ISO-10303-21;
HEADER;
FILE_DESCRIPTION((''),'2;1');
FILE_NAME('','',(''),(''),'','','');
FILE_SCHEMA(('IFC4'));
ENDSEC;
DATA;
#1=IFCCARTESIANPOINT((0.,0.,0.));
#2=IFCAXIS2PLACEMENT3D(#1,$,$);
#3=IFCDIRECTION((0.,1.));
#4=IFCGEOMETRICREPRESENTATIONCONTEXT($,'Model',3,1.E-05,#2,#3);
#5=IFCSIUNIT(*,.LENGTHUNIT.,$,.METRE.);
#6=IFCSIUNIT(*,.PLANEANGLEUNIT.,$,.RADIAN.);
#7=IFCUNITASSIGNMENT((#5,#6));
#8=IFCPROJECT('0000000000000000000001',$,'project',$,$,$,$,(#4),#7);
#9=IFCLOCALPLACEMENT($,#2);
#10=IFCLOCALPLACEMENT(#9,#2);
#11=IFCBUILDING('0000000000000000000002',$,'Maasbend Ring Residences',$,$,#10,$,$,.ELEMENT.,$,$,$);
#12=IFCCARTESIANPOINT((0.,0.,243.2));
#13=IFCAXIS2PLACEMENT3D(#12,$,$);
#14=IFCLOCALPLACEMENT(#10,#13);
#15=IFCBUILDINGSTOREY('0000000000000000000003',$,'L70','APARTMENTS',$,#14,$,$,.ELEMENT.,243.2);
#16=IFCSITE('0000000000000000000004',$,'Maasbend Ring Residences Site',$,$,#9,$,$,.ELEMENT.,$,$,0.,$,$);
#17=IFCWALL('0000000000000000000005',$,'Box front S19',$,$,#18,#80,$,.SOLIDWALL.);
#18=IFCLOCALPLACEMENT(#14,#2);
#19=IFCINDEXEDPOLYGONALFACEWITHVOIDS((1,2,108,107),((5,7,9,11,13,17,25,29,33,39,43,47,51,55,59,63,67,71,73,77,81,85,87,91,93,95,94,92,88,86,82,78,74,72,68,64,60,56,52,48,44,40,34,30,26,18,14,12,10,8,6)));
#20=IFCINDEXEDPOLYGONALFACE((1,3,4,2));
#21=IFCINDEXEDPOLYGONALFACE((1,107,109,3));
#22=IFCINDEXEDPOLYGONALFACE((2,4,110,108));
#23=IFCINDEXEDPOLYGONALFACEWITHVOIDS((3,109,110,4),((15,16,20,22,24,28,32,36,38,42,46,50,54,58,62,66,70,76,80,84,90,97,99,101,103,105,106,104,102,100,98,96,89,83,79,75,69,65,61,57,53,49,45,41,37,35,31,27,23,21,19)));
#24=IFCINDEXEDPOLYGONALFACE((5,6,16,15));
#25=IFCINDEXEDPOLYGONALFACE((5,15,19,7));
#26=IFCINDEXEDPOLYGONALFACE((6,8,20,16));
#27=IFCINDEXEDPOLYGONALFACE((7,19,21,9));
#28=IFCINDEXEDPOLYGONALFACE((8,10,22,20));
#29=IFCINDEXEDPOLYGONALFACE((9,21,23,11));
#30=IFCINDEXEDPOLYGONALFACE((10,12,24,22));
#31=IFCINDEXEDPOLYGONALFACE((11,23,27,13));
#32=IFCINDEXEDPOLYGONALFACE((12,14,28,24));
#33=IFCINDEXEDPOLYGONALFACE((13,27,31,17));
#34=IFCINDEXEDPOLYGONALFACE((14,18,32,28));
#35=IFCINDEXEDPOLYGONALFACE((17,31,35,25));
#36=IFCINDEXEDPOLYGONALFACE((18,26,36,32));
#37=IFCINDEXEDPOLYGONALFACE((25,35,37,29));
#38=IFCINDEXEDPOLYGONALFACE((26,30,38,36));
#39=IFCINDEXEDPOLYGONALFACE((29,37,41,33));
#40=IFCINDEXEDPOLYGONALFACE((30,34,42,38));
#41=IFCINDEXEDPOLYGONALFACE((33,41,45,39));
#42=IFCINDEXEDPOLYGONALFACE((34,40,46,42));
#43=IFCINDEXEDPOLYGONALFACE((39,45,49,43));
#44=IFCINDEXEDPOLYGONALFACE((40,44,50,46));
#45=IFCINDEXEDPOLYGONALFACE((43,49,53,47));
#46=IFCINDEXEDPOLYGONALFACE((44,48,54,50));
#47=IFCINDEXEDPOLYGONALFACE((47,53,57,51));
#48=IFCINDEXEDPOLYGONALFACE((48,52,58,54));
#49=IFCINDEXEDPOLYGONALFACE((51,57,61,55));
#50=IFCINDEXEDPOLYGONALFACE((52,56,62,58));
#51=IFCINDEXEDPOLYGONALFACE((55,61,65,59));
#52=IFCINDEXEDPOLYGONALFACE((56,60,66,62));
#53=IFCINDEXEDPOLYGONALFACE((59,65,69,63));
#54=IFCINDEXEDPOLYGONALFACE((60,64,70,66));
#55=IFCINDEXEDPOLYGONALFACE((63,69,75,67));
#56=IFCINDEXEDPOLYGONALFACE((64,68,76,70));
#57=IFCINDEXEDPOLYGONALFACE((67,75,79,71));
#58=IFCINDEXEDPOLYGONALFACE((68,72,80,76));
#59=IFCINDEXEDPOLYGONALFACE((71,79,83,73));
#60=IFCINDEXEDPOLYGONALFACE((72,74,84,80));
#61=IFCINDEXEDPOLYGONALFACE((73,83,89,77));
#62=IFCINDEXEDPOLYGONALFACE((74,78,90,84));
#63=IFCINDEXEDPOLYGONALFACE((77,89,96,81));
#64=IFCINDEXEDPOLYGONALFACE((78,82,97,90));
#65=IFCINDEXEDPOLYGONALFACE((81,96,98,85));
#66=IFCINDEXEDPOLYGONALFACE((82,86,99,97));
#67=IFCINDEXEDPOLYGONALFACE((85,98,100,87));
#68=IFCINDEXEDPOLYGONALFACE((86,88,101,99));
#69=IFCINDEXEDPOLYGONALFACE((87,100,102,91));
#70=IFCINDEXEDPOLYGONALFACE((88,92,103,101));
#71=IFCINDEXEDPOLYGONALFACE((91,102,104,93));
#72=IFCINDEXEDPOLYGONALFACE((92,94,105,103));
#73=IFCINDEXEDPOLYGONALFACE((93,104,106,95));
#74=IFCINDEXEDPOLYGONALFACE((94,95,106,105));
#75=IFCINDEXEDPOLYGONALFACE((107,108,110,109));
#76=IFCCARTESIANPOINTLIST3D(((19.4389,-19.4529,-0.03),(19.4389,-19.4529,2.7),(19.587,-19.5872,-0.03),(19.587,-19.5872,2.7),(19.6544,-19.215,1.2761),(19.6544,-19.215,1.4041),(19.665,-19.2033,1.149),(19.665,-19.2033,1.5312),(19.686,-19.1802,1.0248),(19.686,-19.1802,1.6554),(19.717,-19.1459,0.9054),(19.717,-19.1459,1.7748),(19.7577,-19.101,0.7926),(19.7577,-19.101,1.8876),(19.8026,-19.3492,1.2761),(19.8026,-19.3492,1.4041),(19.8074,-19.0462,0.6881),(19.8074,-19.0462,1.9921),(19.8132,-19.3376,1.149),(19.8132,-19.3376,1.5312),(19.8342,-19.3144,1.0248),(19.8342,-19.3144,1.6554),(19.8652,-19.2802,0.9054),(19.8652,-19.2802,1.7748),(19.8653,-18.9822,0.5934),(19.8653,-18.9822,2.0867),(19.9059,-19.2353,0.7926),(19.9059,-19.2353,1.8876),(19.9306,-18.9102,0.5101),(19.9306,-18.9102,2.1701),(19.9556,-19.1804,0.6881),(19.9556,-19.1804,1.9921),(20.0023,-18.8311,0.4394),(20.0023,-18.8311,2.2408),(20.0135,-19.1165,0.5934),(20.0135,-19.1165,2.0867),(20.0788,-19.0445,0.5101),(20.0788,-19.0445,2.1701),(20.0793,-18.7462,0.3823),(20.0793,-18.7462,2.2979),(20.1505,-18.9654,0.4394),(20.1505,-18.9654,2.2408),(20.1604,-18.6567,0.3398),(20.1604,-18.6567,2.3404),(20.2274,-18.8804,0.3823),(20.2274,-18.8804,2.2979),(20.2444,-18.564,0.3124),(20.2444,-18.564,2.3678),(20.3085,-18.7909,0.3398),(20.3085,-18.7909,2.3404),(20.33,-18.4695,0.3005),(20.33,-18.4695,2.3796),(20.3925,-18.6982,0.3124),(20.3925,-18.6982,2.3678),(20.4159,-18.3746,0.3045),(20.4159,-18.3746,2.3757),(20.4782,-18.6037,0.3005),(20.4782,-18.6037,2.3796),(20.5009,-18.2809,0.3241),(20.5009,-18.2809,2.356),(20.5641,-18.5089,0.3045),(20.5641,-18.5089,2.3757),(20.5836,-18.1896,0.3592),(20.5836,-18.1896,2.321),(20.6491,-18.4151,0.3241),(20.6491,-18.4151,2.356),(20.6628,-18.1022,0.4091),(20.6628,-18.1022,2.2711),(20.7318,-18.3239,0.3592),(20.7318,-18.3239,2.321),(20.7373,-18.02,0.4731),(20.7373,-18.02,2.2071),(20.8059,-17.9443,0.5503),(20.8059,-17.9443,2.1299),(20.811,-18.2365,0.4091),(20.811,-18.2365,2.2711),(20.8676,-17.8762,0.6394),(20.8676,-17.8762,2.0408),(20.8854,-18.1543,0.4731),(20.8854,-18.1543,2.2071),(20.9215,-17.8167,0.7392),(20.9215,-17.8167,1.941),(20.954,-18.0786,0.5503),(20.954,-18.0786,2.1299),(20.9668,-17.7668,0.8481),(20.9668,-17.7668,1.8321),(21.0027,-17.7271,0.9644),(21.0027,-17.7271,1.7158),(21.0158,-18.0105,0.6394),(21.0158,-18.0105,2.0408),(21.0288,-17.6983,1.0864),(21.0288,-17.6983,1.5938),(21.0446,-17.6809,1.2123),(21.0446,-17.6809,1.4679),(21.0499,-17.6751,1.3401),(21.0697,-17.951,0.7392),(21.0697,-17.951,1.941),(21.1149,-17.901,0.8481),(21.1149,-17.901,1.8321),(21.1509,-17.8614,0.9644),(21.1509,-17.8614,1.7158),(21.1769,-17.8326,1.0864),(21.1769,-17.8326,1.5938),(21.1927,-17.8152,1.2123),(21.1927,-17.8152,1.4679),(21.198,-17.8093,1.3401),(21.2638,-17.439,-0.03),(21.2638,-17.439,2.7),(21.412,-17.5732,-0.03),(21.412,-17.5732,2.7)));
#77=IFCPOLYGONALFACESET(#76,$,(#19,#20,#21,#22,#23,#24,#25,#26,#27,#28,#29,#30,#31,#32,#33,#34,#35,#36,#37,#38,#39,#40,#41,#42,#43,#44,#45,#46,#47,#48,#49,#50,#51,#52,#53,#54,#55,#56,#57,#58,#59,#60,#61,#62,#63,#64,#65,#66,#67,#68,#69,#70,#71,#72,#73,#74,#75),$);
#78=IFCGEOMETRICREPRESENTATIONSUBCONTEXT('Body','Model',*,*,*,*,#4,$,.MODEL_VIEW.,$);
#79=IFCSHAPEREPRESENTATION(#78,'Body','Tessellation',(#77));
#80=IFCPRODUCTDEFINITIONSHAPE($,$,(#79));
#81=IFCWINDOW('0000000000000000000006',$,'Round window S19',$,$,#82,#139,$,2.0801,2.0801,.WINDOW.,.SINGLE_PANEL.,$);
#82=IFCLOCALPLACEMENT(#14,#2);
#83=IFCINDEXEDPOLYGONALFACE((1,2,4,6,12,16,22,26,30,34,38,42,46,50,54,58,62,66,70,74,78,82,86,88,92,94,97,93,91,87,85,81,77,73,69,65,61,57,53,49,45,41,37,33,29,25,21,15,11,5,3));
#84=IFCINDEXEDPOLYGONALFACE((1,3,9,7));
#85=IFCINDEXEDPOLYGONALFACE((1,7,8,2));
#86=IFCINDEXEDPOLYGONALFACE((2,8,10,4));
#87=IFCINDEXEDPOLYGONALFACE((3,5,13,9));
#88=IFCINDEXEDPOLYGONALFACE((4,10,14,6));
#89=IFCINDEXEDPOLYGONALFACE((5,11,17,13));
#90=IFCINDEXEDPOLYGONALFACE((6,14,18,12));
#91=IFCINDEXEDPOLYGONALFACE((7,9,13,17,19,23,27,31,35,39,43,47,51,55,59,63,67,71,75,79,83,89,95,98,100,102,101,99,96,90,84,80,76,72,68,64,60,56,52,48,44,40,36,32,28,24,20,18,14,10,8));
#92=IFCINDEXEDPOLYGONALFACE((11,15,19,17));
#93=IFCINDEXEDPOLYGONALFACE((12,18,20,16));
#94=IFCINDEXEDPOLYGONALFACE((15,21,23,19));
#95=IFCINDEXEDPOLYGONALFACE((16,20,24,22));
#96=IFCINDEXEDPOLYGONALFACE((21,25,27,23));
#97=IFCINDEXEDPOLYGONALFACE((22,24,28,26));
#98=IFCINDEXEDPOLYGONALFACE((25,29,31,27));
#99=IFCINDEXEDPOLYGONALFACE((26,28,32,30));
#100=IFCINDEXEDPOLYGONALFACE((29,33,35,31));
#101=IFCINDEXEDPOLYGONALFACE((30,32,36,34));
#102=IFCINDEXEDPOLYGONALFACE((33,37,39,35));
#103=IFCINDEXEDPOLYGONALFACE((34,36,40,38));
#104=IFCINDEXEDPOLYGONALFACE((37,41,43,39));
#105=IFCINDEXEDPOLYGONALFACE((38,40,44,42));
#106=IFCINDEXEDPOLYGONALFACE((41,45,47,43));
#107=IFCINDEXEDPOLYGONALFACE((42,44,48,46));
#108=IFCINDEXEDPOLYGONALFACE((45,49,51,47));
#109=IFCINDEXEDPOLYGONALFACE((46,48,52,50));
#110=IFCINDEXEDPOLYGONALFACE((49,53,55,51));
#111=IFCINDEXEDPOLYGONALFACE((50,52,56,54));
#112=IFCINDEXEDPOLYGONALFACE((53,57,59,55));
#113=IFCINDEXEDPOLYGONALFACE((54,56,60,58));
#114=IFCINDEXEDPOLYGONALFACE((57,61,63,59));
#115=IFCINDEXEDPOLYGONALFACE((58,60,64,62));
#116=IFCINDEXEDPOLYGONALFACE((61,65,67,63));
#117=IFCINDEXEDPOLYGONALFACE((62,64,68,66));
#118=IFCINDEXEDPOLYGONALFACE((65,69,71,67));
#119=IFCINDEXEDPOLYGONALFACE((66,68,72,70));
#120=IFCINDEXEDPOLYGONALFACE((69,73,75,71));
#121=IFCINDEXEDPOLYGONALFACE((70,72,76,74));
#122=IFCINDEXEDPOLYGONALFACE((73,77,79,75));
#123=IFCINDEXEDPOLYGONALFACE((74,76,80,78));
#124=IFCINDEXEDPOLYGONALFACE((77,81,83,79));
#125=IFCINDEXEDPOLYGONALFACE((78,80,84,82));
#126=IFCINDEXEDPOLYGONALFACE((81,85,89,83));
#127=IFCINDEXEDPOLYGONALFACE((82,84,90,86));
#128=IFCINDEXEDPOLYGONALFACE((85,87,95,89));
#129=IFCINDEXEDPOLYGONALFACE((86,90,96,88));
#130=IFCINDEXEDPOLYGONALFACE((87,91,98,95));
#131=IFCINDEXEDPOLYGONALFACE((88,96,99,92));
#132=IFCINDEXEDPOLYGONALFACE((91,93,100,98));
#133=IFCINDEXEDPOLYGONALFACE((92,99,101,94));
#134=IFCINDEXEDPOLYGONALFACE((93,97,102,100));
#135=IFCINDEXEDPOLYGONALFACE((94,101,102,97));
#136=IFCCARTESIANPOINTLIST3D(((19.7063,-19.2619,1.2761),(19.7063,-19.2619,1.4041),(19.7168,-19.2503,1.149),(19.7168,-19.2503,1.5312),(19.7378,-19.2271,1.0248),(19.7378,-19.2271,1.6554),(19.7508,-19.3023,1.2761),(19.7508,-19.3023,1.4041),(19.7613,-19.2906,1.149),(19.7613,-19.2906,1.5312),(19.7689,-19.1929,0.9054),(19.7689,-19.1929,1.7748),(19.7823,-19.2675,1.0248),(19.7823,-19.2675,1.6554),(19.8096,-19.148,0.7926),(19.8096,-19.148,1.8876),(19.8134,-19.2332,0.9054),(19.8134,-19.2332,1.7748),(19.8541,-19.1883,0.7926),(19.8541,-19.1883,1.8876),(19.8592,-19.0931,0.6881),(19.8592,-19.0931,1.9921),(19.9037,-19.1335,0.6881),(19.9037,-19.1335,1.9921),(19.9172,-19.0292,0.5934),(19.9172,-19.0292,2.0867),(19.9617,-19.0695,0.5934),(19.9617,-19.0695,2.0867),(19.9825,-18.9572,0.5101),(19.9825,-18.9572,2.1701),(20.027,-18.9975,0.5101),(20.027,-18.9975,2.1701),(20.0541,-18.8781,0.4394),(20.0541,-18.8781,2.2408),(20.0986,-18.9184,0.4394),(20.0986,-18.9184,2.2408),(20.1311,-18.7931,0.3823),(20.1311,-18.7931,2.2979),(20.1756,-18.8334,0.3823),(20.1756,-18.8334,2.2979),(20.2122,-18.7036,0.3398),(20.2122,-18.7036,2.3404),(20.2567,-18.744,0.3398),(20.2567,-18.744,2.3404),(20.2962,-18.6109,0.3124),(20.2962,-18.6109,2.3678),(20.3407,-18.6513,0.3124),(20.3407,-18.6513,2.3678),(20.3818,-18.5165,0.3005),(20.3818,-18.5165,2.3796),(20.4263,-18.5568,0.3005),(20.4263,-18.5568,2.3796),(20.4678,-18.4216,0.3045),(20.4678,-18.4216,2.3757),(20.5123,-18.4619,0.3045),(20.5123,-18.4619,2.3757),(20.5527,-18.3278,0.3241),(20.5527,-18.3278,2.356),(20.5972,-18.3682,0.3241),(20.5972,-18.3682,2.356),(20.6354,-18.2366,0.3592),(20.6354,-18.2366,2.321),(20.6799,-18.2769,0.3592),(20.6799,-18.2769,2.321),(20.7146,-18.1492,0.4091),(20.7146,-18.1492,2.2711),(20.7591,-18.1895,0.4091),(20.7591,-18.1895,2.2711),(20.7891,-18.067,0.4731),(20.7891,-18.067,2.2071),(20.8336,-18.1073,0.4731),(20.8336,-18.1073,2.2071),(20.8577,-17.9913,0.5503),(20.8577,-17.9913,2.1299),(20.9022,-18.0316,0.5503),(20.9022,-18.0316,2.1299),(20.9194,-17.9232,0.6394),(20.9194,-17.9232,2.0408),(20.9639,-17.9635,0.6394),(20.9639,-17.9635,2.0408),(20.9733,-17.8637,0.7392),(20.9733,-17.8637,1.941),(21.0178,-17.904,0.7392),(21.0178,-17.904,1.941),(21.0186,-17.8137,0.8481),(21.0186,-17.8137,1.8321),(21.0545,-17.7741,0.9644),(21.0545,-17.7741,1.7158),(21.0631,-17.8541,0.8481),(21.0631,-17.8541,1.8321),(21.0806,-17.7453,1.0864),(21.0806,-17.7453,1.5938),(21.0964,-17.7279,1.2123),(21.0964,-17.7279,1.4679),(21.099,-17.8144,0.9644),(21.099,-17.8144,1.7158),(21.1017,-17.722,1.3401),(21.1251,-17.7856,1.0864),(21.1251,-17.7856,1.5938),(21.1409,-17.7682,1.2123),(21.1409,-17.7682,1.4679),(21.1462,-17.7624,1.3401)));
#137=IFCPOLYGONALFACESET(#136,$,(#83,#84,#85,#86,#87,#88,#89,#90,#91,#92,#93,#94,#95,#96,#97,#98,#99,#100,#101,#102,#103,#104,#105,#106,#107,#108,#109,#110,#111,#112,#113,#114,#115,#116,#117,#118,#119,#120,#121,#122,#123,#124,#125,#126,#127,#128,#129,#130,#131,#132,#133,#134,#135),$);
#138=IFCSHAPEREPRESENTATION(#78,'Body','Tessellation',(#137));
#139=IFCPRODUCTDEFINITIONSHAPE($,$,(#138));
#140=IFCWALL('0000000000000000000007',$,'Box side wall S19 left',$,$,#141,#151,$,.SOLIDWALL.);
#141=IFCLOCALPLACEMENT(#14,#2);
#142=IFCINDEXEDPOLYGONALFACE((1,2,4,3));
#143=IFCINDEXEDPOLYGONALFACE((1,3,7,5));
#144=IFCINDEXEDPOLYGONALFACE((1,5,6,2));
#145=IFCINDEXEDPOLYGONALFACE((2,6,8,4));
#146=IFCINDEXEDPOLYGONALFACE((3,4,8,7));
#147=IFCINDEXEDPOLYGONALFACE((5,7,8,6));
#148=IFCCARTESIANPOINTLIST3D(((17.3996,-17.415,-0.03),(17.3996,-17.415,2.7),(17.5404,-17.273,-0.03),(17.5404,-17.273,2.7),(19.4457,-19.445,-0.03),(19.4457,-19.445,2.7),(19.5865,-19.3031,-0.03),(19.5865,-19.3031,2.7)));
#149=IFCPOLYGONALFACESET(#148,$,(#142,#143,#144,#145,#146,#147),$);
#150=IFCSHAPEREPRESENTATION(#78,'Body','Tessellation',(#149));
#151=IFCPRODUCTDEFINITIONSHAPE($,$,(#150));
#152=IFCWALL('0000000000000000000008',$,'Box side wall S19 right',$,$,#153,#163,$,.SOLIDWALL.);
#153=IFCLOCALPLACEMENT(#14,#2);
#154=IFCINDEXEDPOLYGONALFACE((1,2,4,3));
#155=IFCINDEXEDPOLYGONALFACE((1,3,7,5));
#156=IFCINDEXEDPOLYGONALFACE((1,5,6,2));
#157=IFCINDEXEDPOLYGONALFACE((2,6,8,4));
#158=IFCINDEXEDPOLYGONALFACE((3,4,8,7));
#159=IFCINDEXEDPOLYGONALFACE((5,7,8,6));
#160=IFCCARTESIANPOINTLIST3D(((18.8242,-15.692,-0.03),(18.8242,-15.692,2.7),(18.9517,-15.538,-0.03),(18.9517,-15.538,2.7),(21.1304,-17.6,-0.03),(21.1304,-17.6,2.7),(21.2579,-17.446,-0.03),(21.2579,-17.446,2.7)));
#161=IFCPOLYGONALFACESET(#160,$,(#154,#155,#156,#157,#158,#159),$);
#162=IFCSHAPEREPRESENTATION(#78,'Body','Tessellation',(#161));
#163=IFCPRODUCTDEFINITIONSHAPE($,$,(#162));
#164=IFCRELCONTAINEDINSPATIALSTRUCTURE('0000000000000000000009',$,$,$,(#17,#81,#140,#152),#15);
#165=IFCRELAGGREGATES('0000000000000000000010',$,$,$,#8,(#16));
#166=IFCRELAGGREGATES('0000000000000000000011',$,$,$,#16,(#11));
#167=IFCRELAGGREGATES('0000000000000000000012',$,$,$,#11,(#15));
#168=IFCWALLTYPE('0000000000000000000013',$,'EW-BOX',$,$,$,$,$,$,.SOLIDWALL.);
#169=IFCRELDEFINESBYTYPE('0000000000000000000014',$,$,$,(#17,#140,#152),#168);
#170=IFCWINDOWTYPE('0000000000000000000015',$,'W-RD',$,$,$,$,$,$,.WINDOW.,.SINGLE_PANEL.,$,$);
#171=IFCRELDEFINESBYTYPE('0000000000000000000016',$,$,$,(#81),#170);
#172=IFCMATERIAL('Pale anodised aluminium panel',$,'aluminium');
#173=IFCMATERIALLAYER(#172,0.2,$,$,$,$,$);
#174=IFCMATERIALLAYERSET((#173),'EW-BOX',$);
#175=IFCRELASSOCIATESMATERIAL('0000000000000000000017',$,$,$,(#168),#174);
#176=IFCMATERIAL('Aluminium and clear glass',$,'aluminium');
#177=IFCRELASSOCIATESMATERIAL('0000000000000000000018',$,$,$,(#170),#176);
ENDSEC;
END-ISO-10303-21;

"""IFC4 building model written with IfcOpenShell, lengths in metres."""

from ifc_helpers import new_model, si_unit, direction, frame, frame_2d, origin, place, context, subcontext, project, spatial, rectangle, circle, extrude, material, layer, layer_set, type_object, element, fill, save


model = new_model("IFC4")

# Units and contexts
model_context = context("Model", 3, precision=1e-05, world=origin(), true_north=direction((0.0, 1.0)))
body_context = subcontext(model_context, "Body", "Model", "MODEL_VIEW")
ifc_project = project(units=[si_unit("LENGTHUNIT", "METRE"), si_unit("PLANEANGLEUNIT", "RADIAN")], contexts=[model_context])

# Site, building, storey
site_placement = place(None, origin())
site = spatial("IfcSite", under=ifc_project, at=site_placement, Name="Maasbend Ring Residences Site", CompositionType="ELEMENT", RefElevation=0.0)
building_placement = place(site_placement, origin())
building = spatial("IfcBuilding", under=site, at=building_placement, Name="Maasbend Ring Residences", CompositionType="ELEMENT")
storey_placement = place(building_placement, frame((0.0, 0.0, 243.2)))
storey = spatial("IfcBuildingStorey", under=building, at=storey_placement, Name="L70", Description="APARTMENTS", CompositionType="ELEMENT", Elevation=243.2)

# Shared definitions
ifc_material_1 = material(Name="Pale anodised aluminium panel", Category="aluminium")
ifc_layer_1 = layer(ifc_material_1, 0.2)
ifc_layer_set_1 = layer_set([ifc_layer_1], Name="EW-BOX")
wall_type_1 = type_object("IfcWallType", Name="EW-BOX", PredefinedType="SOLIDWALL", material=ifc_layer_set_1)
ifc_material_2 = material(Name="Aluminium and clear glass", Category="aluminium")
window_type_1 = type_object("IfcWindowType", Name="W-RD", PartitioningType="SINGLE_PANEL", PredefinedType="WINDOW", material=ifc_material_2)

# Wall, opening, window
wall_1_placement = place(storey_placement, frame((19.5129, -19.52, -0.03), z_axis=(0.0, 0.0, 1.0), x_axis=(0.671487, 0.741016, 0.0)))
wall_1 = element("IfcWall", 1, at=wall_1_placement, inside=storey, type_object=wall_type_1, Name="Box front S19", PredefinedType="SOLIDWALL", context=body_context, shape_type="SweptSolid", body=[
    extrude(rectangle(XDim=2.7178, YDim=0.2, at=frame_2d((1.3589, 0.0))), origin(), (0.0, 0.0, 1.0), 2.73),
])
opening_1_placement = place(wall_1_placement, frame((0.3191, 0.0, 0.3301)))
opening_1 = element("IfcOpeningElement", 2, at=opening_1_placement, cuts=wall_1, PredefinedType="OPENING", context=body_context, shape_type="SweptSolid", body=[
    extrude(circle(Radius=1.04, at=frame_2d((1.04, 1.04))), frame((0.0, 0.1099, 0.0), z_axis=(0.0, -1.0, 0.0), x_axis=(1.0, 0.0, 0.0)), (0.0, 0.0, 1.0), 0.22),
])
window_1_placement = place(opening_1_placement, origin())
window_1 = element("IfcWindow", 3, at=window_1_placement, inside=storey, type_object=window_type_1, Name="Round window S19", OverallHeight=2.0801, OverallWidth=2.0801, PartitioningType="SINGLE_PANEL", PredefinedType="WINDOW", context=body_context, shape_type="SweptSolid", body=[
    extrude(circle(Radius=1.04, at=frame_2d((1.04, 1.04))), frame((0.0, 0.03, 0.0), z_axis=(0.0, -1.0, 0.0), x_axis=(1.0, 0.0, 0.0)), (0.0, 0.0, 1.0), 0.0601),
])
fill(opening_1, window_1)

# Walls
wall_2_placement = place(storey_placement, frame((17.47, -17.344, -0.03), z_axis=(0.0, 0.0, 1.0), x_axis=(0.709896, -0.704306, 0.0)))
element("IfcWall", 4, at=wall_2_placement, inside=storey, type_object=wall_type_1, Name="Box side wall S19 left", PredefinedType="SOLIDWALL", context=body_context, shape_type="SweptSolid", body=[
    extrude(rectangle(XDim=2.8823, YDim=0.2, at=frame_2d((1.4412, 0.0))), origin(), (0.0, 0.0, 1.0), 2.73),
])
wall_3_placement = place(storey_placement, frame((18.8879, -15.615, -0.03), z_axis=(0.0, 0.0, 1.0), x_axis=(0.77049, -0.637453, 0.0)))
element("IfcWall", 5, at=wall_3_placement, inside=storey, type_object=wall_type_1, Name="Box side wall S19 right", PredefinedType="SOLIDWALL", context=body_context, shape_type="SweptSolid", body=[
    extrude(rectangle(XDim=2.9932, YDim=0.2, at=frame_2d((1.4966, 0.0))), origin(), (0.0, 0.0, 1.0), 2.73),
])

save(model, "model.ifc")
